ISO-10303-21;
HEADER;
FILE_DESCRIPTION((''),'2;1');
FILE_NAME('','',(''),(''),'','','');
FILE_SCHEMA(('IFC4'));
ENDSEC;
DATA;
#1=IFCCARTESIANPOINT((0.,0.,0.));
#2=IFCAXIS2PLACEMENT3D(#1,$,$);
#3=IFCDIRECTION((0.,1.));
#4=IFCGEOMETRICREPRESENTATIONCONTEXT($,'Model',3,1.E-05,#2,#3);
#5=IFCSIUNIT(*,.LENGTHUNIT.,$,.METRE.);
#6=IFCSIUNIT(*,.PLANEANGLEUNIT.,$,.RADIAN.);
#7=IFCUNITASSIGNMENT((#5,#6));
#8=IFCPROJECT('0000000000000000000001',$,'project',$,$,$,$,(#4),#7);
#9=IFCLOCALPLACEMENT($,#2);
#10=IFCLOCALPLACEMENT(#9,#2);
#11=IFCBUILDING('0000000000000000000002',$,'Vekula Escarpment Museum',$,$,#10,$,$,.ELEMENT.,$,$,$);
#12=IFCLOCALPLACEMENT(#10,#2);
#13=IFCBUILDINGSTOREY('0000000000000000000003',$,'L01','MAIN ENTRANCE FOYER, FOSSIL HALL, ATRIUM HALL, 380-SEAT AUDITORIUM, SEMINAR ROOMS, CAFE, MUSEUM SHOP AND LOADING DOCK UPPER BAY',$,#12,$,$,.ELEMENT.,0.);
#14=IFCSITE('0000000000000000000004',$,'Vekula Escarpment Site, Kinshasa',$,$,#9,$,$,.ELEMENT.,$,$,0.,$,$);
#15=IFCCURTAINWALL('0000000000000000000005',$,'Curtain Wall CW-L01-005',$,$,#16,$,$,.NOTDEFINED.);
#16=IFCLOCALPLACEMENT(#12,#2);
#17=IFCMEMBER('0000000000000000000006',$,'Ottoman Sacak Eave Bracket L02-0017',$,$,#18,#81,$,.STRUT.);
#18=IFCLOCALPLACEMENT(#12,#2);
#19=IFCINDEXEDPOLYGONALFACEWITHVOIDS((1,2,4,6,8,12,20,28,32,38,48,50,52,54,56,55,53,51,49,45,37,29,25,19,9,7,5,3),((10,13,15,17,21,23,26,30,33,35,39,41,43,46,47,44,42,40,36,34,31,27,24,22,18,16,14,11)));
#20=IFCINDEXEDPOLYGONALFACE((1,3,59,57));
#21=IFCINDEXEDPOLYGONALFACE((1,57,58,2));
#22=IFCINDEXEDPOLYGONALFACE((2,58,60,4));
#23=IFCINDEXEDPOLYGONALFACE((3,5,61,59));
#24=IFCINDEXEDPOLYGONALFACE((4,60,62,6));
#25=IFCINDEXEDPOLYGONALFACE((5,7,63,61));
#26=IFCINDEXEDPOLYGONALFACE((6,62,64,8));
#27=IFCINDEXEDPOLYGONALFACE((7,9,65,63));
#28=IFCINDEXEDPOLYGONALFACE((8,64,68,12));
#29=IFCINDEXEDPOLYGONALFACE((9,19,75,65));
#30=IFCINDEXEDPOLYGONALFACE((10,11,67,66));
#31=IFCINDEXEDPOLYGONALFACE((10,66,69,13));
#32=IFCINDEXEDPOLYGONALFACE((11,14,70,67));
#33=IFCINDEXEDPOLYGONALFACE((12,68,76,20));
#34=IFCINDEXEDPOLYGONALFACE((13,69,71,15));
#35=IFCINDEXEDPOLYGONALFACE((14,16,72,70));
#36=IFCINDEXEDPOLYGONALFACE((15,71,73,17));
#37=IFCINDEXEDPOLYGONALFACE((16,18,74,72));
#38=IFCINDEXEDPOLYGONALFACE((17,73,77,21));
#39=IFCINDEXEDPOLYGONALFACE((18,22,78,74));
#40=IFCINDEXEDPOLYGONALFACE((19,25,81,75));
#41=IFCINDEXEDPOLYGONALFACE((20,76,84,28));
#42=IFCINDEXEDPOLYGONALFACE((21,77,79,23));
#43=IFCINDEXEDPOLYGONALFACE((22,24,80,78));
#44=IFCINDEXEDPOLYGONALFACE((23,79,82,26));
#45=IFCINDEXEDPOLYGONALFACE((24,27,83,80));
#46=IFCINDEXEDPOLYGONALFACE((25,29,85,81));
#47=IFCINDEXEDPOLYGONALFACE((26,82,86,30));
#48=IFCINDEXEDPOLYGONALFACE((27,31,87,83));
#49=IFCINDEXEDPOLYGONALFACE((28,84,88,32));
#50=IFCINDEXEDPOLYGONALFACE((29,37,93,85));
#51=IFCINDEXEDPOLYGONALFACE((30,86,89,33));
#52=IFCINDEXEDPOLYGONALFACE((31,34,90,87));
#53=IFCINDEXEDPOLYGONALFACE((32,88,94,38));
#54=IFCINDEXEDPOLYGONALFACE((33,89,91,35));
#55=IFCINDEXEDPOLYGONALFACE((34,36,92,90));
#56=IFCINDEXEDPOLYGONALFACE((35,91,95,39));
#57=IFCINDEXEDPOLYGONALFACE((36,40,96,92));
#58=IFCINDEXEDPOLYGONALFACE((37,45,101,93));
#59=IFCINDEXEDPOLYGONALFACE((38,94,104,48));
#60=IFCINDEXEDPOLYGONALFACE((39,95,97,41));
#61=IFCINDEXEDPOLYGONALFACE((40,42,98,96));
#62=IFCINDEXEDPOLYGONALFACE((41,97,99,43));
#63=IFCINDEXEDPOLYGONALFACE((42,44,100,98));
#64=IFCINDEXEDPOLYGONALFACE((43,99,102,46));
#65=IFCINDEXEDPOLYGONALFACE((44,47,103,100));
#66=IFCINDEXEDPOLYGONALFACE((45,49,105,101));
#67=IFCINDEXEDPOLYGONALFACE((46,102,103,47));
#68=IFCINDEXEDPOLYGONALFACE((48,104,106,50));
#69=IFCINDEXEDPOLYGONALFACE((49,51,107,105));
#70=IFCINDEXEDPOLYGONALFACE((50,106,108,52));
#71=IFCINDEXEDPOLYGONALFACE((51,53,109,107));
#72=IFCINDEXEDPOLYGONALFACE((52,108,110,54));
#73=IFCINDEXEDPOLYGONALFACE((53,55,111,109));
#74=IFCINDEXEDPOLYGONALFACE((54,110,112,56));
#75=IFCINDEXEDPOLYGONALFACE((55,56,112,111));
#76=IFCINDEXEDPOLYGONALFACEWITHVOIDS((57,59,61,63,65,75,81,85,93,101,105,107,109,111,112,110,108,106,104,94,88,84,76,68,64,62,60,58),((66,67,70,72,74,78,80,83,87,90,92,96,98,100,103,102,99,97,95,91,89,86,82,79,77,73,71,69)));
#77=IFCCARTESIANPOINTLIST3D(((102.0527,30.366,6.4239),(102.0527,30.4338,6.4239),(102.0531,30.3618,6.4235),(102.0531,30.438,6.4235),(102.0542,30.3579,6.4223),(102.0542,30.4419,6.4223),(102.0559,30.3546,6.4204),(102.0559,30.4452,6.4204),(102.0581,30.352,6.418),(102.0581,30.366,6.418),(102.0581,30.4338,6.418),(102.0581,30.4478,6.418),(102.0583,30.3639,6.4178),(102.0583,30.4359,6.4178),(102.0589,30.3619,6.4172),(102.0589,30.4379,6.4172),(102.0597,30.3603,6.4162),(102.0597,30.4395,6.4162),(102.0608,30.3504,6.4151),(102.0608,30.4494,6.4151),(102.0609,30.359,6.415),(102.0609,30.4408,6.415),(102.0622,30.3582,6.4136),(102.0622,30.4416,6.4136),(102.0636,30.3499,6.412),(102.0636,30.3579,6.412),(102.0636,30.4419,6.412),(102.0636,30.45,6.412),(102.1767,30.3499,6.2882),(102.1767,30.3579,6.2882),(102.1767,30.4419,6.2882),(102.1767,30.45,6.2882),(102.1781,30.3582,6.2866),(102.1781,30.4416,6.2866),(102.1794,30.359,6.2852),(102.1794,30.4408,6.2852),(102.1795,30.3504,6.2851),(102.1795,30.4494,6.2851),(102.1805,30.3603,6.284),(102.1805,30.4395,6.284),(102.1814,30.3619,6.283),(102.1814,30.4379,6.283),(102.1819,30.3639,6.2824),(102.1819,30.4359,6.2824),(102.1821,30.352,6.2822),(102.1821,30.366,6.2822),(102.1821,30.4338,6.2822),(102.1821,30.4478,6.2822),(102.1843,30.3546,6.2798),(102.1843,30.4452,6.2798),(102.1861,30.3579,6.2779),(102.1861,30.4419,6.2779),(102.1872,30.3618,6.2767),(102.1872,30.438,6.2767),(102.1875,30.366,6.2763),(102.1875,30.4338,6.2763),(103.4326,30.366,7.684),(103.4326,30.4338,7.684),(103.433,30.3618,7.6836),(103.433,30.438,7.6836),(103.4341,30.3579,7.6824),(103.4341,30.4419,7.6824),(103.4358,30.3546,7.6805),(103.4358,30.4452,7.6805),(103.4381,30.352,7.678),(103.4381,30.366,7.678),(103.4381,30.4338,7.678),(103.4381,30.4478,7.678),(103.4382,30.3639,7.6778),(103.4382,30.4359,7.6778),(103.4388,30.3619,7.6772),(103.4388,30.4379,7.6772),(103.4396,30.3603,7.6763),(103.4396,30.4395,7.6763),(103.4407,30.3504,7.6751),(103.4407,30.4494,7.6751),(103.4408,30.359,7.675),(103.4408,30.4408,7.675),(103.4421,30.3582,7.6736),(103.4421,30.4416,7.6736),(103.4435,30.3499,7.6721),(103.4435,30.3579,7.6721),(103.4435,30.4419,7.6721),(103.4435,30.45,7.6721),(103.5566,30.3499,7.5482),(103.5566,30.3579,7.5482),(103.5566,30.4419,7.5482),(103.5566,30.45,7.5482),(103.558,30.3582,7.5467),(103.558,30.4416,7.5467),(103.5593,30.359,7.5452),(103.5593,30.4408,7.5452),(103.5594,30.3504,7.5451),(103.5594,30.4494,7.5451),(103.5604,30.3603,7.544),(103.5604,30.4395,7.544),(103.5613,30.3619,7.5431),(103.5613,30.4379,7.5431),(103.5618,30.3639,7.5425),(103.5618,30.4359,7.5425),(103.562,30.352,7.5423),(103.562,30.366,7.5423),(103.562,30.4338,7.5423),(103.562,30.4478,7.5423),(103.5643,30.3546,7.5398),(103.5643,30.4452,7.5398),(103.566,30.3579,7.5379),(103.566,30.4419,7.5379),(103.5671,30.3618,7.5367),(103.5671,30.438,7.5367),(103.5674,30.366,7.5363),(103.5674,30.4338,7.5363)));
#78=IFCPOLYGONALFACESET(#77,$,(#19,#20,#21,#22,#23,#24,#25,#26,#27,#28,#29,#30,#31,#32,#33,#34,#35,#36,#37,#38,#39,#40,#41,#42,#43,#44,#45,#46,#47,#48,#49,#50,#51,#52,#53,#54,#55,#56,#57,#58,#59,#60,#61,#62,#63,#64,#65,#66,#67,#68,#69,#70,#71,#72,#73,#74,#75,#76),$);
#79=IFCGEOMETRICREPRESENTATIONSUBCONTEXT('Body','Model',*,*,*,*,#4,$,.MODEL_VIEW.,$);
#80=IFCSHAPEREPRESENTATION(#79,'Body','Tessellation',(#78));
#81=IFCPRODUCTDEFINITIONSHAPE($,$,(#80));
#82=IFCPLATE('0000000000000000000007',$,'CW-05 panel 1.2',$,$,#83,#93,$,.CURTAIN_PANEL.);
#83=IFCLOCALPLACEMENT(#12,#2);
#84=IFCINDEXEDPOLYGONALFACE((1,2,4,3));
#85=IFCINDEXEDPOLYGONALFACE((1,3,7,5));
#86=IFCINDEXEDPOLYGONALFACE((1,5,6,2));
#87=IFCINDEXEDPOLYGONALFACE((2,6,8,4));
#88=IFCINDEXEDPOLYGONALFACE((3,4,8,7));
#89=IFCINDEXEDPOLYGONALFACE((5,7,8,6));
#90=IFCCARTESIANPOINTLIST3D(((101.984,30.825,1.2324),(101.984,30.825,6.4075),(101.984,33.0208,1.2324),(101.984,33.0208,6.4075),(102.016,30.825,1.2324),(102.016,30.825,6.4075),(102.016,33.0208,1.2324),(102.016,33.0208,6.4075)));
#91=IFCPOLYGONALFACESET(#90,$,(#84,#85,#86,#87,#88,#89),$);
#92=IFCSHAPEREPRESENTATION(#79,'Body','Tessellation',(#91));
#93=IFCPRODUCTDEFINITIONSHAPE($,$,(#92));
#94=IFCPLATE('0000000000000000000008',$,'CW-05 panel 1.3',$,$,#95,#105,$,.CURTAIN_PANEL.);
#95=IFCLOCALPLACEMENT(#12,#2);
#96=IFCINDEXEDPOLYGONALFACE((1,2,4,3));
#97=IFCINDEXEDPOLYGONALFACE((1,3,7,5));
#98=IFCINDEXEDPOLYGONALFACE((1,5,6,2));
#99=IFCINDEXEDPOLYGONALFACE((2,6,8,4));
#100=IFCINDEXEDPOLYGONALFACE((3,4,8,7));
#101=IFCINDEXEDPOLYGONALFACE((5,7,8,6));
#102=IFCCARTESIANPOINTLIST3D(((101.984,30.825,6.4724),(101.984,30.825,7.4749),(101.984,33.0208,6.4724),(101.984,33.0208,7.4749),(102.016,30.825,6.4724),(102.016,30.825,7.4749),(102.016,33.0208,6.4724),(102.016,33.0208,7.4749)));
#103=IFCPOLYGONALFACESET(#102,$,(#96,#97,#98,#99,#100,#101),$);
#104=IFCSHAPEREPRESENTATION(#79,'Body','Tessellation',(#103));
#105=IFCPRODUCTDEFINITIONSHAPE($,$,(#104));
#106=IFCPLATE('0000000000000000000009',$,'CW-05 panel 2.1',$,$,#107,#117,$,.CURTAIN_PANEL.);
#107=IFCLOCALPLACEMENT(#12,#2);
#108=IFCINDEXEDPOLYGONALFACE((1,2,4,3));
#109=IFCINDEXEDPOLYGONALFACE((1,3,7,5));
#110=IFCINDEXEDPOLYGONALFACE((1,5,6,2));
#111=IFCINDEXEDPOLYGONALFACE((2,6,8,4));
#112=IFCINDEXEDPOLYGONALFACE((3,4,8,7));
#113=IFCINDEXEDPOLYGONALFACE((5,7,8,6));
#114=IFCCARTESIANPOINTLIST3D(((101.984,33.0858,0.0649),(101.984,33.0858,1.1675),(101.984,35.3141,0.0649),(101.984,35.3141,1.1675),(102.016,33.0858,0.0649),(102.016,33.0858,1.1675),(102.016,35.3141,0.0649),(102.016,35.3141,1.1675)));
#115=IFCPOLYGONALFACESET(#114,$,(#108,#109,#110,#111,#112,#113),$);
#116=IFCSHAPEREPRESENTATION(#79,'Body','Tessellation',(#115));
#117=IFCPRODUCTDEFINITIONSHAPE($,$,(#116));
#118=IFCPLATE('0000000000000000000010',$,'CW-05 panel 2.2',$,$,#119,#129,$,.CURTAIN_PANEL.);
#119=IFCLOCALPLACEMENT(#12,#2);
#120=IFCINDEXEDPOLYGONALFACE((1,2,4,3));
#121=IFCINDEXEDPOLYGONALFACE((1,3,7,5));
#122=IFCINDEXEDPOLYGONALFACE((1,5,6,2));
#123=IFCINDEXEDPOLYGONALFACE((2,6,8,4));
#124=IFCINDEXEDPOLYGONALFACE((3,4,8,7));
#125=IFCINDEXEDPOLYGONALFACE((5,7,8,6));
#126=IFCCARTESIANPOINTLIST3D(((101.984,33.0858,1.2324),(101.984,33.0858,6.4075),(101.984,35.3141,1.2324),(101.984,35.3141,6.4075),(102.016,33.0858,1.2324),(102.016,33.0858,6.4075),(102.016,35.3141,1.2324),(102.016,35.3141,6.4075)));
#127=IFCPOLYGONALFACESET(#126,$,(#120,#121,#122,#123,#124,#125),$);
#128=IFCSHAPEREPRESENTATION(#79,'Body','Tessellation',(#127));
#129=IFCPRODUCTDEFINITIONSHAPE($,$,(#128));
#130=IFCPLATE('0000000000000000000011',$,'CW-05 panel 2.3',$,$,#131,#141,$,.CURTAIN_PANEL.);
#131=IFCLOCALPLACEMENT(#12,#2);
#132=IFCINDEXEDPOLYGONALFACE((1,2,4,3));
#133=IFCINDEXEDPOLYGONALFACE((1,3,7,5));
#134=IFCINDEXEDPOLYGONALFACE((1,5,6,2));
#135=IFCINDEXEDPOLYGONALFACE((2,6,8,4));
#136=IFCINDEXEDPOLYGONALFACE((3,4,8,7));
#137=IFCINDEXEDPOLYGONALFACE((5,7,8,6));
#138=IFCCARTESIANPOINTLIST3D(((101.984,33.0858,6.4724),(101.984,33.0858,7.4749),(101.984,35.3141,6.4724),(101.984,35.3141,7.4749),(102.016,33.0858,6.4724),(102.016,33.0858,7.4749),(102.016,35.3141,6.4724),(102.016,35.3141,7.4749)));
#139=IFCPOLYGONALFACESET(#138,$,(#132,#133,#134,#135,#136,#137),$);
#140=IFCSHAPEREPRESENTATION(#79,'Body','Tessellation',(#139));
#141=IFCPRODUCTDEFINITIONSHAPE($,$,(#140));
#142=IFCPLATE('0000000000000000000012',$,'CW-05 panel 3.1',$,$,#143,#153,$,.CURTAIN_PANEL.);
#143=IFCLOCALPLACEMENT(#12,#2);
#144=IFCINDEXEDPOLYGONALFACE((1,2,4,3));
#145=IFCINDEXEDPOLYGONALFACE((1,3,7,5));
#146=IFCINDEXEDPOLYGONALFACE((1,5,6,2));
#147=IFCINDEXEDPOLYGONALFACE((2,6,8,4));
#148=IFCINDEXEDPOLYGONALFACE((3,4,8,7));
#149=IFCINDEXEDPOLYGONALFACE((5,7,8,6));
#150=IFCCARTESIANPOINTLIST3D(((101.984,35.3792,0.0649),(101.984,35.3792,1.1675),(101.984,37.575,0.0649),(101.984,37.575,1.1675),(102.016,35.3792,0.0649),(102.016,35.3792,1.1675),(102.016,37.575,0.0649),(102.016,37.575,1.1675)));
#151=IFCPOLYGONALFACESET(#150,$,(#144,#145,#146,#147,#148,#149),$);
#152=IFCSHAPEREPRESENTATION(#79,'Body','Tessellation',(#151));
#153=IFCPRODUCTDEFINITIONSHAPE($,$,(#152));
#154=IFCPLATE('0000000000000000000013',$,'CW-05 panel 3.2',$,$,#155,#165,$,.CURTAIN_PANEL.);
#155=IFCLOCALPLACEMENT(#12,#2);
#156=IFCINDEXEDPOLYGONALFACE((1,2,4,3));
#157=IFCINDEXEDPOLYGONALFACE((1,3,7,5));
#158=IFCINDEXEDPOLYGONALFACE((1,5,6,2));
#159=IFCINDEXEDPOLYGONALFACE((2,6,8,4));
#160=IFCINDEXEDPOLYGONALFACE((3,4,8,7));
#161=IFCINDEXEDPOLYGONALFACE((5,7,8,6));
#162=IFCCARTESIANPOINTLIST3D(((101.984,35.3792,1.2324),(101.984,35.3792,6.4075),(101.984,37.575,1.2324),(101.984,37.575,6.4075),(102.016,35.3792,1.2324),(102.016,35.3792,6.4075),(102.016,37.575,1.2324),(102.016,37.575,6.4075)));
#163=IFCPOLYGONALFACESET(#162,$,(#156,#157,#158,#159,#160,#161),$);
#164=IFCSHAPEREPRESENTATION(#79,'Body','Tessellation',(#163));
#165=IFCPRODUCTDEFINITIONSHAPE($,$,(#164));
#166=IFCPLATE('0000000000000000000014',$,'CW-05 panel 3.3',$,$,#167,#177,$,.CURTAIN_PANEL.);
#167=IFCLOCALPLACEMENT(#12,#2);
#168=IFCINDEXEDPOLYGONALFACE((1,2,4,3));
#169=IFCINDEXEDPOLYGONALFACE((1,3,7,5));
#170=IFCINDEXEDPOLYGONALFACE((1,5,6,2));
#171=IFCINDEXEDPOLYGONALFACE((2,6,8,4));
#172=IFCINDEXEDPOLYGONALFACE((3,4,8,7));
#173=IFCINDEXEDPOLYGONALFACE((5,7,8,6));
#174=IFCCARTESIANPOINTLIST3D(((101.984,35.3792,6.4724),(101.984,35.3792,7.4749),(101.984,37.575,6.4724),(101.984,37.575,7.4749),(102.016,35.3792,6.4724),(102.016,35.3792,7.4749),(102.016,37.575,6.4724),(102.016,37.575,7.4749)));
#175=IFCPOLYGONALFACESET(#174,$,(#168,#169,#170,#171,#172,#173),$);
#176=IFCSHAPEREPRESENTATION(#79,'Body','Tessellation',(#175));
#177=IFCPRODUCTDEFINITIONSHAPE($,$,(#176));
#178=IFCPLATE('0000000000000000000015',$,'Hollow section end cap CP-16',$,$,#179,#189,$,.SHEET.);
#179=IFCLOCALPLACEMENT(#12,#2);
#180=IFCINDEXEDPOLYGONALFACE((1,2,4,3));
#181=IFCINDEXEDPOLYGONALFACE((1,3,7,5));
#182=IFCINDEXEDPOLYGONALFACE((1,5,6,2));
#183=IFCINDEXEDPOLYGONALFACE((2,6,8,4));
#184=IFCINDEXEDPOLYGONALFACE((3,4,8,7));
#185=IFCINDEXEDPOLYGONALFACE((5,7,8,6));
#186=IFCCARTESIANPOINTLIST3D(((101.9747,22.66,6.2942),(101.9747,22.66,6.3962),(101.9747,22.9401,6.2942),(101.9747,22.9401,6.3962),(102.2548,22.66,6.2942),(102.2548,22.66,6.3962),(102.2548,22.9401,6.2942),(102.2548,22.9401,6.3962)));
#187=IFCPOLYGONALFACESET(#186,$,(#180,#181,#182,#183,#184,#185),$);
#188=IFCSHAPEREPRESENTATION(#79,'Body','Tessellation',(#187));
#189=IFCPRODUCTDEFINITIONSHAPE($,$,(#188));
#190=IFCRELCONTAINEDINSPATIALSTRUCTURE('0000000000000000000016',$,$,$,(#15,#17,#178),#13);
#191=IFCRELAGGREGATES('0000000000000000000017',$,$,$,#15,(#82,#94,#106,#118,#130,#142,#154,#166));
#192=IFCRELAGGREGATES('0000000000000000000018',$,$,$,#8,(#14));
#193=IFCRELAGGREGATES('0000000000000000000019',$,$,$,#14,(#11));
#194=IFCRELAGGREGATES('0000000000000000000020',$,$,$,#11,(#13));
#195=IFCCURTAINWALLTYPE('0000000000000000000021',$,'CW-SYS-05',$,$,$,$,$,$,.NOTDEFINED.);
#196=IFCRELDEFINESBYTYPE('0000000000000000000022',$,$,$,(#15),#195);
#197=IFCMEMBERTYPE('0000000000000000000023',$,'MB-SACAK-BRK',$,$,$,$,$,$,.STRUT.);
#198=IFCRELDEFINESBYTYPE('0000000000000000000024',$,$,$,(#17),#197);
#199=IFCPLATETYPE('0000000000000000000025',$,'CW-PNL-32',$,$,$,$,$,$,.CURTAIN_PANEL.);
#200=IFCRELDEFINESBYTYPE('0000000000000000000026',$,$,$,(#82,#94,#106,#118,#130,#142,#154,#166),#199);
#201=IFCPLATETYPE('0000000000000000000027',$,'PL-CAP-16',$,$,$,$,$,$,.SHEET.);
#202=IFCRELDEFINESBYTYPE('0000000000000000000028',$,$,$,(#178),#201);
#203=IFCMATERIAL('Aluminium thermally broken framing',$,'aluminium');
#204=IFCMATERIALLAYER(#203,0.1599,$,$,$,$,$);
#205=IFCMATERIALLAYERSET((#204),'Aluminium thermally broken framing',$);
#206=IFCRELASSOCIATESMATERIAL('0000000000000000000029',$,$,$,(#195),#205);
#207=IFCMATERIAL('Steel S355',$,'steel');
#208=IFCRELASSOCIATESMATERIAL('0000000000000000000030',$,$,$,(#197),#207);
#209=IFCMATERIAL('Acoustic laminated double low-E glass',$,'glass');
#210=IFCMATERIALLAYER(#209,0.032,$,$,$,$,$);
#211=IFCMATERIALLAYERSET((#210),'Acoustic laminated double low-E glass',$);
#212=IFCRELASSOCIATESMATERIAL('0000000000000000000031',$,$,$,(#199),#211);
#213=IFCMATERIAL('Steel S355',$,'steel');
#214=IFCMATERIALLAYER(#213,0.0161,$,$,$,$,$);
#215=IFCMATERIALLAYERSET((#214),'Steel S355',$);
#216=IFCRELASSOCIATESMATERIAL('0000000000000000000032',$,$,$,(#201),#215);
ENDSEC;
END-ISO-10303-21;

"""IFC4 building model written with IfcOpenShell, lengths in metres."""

from ifc_helpers import new_model, si_unit, direction, frame, origin, origin_2d, place, context, subcontext, project, spatial, rectangle, hollow_rectangle, extrude, material, layer, layer_set, material_profile, profile_set, type_object, element, aggregate, save


model = new_model("IFC4")

# Units and contexts
model_context = context("Model", 3, precision=1e-05, world=origin(), true_north=direction((0.0, 1.0)))
body_context = subcontext(model_context, "Body", "Model", "MODEL_VIEW")
ifc_project = project(units=[si_unit("LENGTHUNIT", "METRE"), si_unit("PLANEANGLEUNIT", "RADIAN")], contexts=[model_context])

# Site, building, storey
site_placement = place(None, origin())
site = spatial("IfcSite", under=ifc_project, at=site_placement, Name="Vekula Escarpment Site, Kinshasa", CompositionType="ELEMENT", RefElevation=0.0)
building_placement = place(site_placement, origin())
building = spatial("IfcBuilding", under=site, at=building_placement, Name="Vekula Escarpment Museum", CompositionType="ELEMENT")
storey_placement = place(building_placement, origin())
storey = spatial("IfcBuildingStorey", under=building, at=storey_placement, Name="L01", Description="MAIN ENTRANCE FOYER, FOSSIL HALL, ATRIUM HALL, 380-SEAT AUDITORIUM, SEMINAR ROOMS, CAFE, MUSEUM SHOP AND LOADING DOCK UPPER BAY", CompositionType="ELEMENT", Elevation=0.0)

# Curtain wall
ifc_material_1 = material(Name="Aluminium thermally broken framing", Category="aluminium")
ifc_layer_1 = layer(ifc_material_1, 0.1599)
ifc_layer_set_1 = layer_set([ifc_layer_1], Name="Aluminium thermally broken framing")
curtain_wall_type = type_object("IfcCurtainWallType", Name="CW-SYS-05", PredefinedType="NOTDEFINED", material=ifc_layer_set_1)
curtain_wall_placement = place(storey_placement, origin())
curtain_wall = element("IfcCurtainWall", 1, at=curtain_wall_placement, inside=storey, type_object=curtain_wall_type, Name="Curtain Wall CW-L01-005", PredefinedType="NOTDEFINED")

# Member
ifc_material_2 = material(Name="Steel S355", Category="steel")
ifc_material_profile_1 = material_profile(ifc_material_2, hollow_rectangle(XDim=0.1001, YDim=0.2, WallThickness=0.0081, InnerFilletRadius=0.0081, OuterFilletRadius=0.0161, at=origin_2d()), Name="RHS 200x100x8")
ifc_profile_set_1 = profile_set([ifc_material_profile_1], Name="Steel S355")
member_type_1 = type_object("IfcMemberType", Name="MB-SACAK-BRK", PredefinedType="STRUT", material=ifc_profile_set_1)
for number, where, z_axis, x_axis, name in (
    (2, (102.1201, 30.3999, 6.3501), (0.738454, 0.0, 0.674303), (0.0, 1.0, 0.0), "Ottoman Sacak Eave Bracket L02-0017"),
):
    element("IfcMember", number, at=place(storey_placement, frame(where, z_axis=z_axis, x_axis=x_axis)), inside=storey, type_object=member_type_1, Name=name, PredefinedType="STRUT", context=body_context, shape_type="SweptSolid", body=[
        extrude(hollow_rectangle(XDim=0.1001, YDim=0.2, WallThickness=0.0081, InnerFilletRadius=0.0081, OuterFilletRadius=0.0161, at=origin_2d()), origin(), (0.0, 0.0, 1.0), 1.8687),
    ])

# Plates
ifc_material_3 = material(Name="Acoustic laminated double low-E glass", Category="glass")
ifc_layer_2 = layer(ifc_material_3, 0.032)
ifc_layer_set_2 = layer_set([ifc_layer_2], Name="Acoustic laminated double low-E glass")
plate_type_1 = type_object("IfcPlateType", Name="CW-PNL-32", PredefinedType="CURTAIN_PANEL", material=ifc_layer_set_2)
plate_1_placement = place(storey_placement, frame((102.0, 31.9229, 1.2324), z_axis=(0.0, 0.0, 1.0), x_axis=(0.0, 1.0, 0.0)))
plate_1 = element("IfcPlate", 3, at=plate_1_placement, type_object=plate_type_1, Name="CW-05 panel 1.2", PredefinedType="CURTAIN_PANEL", context=body_context, shape_type="SweptSolid", body=[
    extrude(rectangle(XDim=2.1958, YDim=0.032, at=origin_2d()), origin(), (0.0, 0.0, 1.0), 5.175),
])
plate_2_placement = place(storey_placement, frame((102.0, 31.9229, 6.4724), z_axis=(0.0, 0.0, 1.0), x_axis=(0.0, 1.0, 0.0)))
plate_2 = element("IfcPlate", 4, at=plate_2_placement, type_object=plate_type_1, Name="CW-05 panel 1.3", PredefinedType="CURTAIN_PANEL", context=body_context, shape_type="SweptSolid", body=[
    extrude(rectangle(XDim=2.1958, YDim=0.032, at=origin_2d()), origin(), (0.0, 0.0, 1.0), 1.0024),
])
plate_3_placement = place(storey_placement, frame((102.0, 34.2, 0.0649), z_axis=(0.0, 0.0, 1.0), x_axis=(0.0, 1.0, 0.0)))
plate_3 = element("IfcPlate", 5, at=plate_3_placement, type_object=plate_type_1, Name="CW-05 panel 2.1", PredefinedType="CURTAIN_PANEL", context=body_context, shape_type="SweptSolid", body=[
    extrude(rectangle(XDim=2.2283, YDim=0.032, at=origin_2d()), origin(), (0.0, 0.0, 1.0), 1.1025),
])
plate_4_placement = place(storey_placement, frame((102.0, 34.2, 1.2324), z_axis=(0.0, 0.0, 1.0), x_axis=(0.0, 1.0, 0.0)))
plate_4 = element("IfcPlate", 6, at=plate_4_placement, type_object=plate_type_1, Name="CW-05 panel 2.2", PredefinedType="CURTAIN_PANEL", context=body_context, shape_type="SweptSolid", body=[
    extrude(rectangle(XDim=2.2283, YDim=0.032, at=origin_2d()), origin(), (0.0, 0.0, 1.0), 5.175),
])
plate_5_placement = place(storey_placement, frame((102.0, 34.2, 6.4724), z_axis=(0.0, 0.0, 1.0), x_axis=(0.0, 1.0, 0.0)))
plate_5 = element("IfcPlate", 7, at=plate_5_placement, type_object=plate_type_1, Name="CW-05 panel 2.3", PredefinedType="CURTAIN_PANEL", context=body_context, shape_type="SweptSolid", body=[
    extrude(rectangle(XDim=2.2283, YDim=0.032, at=origin_2d()), origin(), (0.0, 0.0, 1.0), 1.0024),
])
plate_6_placement = place(storey_placement, frame((102.0, 36.4771, 0.0649), z_axis=(0.0, 0.0, 1.0), x_axis=(0.0, 1.0, 0.0)))
plate_6 = element("IfcPlate", 8, at=plate_6_placement, type_object=plate_type_1, Name="CW-05 panel 3.1", PredefinedType="CURTAIN_PANEL", context=body_context, shape_type="SweptSolid", body=[
    extrude(rectangle(XDim=2.1958, YDim=0.032, at=origin_2d()), origin(), (0.0, 0.0, 1.0), 1.1025),
])
plate_7_placement = place(storey_placement, frame((102.0, 36.4771, 1.2324), z_axis=(0.0, 0.0, 1.0), x_axis=(0.0, 1.0, 0.0)))
plate_7 = element("IfcPlate", 9, at=plate_7_placement, type_object=plate_type_1, Name="CW-05 panel 3.2", PredefinedType="CURTAIN_PANEL", context=body_context, shape_type="SweptSolid", body=[
    extrude(rectangle(XDim=2.1958, YDim=0.032, at=origin_2d()), origin(), (0.0, 0.0, 1.0), 5.175),
])
plate_8_placement = place(storey_placement, frame((102.0, 36.4771, 6.4724), z_axis=(0.0, 0.0, 1.0), x_axis=(0.0, 1.0, 0.0)))
plate_8 = element("IfcPlate", 10, at=plate_8_placement, type_object=plate_type_1, Name="CW-05 panel 3.3", PredefinedType="CURTAIN_PANEL", context=body_context, shape_type="SweptSolid", body=[
    extrude(rectangle(XDim=2.1958, YDim=0.032, at=origin_2d()), origin(), (0.0, 0.0, 1.0), 1.0024),
])
aggregate(curtain_wall, [plate_1, plate_2, plate_3, plate_4, plate_5, plate_6, plate_7, plate_8])

# Plate
ifc_material_4 = material(Name="Steel S355", Category="steel")
ifc_layer_3 = layer(ifc_material_4, 0.0161)
ifc_layer_set_3 = layer_set([ifc_layer_3], Name="Steel S355")
plate_type_2 = type_object("IfcPlateType", Name="PL-CAP-16", PredefinedType="SHEET", material=ifc_layer_set_3)
for number, where, z_axis, x_axis, name in (
    (11, (102.1147, 22.8, 6.2942), (0.0, 0.0, 1.0), (1.0, 0.0, 0.0), "Hollow section end cap CP-16"),
):
    element("IfcPlate", number, at=place(storey_placement, frame(where, z_axis=z_axis, x_axis=x_axis)), inside=storey, type_object=plate_type_2, Name=name, PredefinedType="SHEET", context=body_context, shape_type="SweptSolid", body=[
        extrude(rectangle(XDim=0.28, YDim=0.28, at=origin_2d()), origin(), (0.0, 0.0, 1.0), 0.1021),
    ])

save(model, "model.ifc")
